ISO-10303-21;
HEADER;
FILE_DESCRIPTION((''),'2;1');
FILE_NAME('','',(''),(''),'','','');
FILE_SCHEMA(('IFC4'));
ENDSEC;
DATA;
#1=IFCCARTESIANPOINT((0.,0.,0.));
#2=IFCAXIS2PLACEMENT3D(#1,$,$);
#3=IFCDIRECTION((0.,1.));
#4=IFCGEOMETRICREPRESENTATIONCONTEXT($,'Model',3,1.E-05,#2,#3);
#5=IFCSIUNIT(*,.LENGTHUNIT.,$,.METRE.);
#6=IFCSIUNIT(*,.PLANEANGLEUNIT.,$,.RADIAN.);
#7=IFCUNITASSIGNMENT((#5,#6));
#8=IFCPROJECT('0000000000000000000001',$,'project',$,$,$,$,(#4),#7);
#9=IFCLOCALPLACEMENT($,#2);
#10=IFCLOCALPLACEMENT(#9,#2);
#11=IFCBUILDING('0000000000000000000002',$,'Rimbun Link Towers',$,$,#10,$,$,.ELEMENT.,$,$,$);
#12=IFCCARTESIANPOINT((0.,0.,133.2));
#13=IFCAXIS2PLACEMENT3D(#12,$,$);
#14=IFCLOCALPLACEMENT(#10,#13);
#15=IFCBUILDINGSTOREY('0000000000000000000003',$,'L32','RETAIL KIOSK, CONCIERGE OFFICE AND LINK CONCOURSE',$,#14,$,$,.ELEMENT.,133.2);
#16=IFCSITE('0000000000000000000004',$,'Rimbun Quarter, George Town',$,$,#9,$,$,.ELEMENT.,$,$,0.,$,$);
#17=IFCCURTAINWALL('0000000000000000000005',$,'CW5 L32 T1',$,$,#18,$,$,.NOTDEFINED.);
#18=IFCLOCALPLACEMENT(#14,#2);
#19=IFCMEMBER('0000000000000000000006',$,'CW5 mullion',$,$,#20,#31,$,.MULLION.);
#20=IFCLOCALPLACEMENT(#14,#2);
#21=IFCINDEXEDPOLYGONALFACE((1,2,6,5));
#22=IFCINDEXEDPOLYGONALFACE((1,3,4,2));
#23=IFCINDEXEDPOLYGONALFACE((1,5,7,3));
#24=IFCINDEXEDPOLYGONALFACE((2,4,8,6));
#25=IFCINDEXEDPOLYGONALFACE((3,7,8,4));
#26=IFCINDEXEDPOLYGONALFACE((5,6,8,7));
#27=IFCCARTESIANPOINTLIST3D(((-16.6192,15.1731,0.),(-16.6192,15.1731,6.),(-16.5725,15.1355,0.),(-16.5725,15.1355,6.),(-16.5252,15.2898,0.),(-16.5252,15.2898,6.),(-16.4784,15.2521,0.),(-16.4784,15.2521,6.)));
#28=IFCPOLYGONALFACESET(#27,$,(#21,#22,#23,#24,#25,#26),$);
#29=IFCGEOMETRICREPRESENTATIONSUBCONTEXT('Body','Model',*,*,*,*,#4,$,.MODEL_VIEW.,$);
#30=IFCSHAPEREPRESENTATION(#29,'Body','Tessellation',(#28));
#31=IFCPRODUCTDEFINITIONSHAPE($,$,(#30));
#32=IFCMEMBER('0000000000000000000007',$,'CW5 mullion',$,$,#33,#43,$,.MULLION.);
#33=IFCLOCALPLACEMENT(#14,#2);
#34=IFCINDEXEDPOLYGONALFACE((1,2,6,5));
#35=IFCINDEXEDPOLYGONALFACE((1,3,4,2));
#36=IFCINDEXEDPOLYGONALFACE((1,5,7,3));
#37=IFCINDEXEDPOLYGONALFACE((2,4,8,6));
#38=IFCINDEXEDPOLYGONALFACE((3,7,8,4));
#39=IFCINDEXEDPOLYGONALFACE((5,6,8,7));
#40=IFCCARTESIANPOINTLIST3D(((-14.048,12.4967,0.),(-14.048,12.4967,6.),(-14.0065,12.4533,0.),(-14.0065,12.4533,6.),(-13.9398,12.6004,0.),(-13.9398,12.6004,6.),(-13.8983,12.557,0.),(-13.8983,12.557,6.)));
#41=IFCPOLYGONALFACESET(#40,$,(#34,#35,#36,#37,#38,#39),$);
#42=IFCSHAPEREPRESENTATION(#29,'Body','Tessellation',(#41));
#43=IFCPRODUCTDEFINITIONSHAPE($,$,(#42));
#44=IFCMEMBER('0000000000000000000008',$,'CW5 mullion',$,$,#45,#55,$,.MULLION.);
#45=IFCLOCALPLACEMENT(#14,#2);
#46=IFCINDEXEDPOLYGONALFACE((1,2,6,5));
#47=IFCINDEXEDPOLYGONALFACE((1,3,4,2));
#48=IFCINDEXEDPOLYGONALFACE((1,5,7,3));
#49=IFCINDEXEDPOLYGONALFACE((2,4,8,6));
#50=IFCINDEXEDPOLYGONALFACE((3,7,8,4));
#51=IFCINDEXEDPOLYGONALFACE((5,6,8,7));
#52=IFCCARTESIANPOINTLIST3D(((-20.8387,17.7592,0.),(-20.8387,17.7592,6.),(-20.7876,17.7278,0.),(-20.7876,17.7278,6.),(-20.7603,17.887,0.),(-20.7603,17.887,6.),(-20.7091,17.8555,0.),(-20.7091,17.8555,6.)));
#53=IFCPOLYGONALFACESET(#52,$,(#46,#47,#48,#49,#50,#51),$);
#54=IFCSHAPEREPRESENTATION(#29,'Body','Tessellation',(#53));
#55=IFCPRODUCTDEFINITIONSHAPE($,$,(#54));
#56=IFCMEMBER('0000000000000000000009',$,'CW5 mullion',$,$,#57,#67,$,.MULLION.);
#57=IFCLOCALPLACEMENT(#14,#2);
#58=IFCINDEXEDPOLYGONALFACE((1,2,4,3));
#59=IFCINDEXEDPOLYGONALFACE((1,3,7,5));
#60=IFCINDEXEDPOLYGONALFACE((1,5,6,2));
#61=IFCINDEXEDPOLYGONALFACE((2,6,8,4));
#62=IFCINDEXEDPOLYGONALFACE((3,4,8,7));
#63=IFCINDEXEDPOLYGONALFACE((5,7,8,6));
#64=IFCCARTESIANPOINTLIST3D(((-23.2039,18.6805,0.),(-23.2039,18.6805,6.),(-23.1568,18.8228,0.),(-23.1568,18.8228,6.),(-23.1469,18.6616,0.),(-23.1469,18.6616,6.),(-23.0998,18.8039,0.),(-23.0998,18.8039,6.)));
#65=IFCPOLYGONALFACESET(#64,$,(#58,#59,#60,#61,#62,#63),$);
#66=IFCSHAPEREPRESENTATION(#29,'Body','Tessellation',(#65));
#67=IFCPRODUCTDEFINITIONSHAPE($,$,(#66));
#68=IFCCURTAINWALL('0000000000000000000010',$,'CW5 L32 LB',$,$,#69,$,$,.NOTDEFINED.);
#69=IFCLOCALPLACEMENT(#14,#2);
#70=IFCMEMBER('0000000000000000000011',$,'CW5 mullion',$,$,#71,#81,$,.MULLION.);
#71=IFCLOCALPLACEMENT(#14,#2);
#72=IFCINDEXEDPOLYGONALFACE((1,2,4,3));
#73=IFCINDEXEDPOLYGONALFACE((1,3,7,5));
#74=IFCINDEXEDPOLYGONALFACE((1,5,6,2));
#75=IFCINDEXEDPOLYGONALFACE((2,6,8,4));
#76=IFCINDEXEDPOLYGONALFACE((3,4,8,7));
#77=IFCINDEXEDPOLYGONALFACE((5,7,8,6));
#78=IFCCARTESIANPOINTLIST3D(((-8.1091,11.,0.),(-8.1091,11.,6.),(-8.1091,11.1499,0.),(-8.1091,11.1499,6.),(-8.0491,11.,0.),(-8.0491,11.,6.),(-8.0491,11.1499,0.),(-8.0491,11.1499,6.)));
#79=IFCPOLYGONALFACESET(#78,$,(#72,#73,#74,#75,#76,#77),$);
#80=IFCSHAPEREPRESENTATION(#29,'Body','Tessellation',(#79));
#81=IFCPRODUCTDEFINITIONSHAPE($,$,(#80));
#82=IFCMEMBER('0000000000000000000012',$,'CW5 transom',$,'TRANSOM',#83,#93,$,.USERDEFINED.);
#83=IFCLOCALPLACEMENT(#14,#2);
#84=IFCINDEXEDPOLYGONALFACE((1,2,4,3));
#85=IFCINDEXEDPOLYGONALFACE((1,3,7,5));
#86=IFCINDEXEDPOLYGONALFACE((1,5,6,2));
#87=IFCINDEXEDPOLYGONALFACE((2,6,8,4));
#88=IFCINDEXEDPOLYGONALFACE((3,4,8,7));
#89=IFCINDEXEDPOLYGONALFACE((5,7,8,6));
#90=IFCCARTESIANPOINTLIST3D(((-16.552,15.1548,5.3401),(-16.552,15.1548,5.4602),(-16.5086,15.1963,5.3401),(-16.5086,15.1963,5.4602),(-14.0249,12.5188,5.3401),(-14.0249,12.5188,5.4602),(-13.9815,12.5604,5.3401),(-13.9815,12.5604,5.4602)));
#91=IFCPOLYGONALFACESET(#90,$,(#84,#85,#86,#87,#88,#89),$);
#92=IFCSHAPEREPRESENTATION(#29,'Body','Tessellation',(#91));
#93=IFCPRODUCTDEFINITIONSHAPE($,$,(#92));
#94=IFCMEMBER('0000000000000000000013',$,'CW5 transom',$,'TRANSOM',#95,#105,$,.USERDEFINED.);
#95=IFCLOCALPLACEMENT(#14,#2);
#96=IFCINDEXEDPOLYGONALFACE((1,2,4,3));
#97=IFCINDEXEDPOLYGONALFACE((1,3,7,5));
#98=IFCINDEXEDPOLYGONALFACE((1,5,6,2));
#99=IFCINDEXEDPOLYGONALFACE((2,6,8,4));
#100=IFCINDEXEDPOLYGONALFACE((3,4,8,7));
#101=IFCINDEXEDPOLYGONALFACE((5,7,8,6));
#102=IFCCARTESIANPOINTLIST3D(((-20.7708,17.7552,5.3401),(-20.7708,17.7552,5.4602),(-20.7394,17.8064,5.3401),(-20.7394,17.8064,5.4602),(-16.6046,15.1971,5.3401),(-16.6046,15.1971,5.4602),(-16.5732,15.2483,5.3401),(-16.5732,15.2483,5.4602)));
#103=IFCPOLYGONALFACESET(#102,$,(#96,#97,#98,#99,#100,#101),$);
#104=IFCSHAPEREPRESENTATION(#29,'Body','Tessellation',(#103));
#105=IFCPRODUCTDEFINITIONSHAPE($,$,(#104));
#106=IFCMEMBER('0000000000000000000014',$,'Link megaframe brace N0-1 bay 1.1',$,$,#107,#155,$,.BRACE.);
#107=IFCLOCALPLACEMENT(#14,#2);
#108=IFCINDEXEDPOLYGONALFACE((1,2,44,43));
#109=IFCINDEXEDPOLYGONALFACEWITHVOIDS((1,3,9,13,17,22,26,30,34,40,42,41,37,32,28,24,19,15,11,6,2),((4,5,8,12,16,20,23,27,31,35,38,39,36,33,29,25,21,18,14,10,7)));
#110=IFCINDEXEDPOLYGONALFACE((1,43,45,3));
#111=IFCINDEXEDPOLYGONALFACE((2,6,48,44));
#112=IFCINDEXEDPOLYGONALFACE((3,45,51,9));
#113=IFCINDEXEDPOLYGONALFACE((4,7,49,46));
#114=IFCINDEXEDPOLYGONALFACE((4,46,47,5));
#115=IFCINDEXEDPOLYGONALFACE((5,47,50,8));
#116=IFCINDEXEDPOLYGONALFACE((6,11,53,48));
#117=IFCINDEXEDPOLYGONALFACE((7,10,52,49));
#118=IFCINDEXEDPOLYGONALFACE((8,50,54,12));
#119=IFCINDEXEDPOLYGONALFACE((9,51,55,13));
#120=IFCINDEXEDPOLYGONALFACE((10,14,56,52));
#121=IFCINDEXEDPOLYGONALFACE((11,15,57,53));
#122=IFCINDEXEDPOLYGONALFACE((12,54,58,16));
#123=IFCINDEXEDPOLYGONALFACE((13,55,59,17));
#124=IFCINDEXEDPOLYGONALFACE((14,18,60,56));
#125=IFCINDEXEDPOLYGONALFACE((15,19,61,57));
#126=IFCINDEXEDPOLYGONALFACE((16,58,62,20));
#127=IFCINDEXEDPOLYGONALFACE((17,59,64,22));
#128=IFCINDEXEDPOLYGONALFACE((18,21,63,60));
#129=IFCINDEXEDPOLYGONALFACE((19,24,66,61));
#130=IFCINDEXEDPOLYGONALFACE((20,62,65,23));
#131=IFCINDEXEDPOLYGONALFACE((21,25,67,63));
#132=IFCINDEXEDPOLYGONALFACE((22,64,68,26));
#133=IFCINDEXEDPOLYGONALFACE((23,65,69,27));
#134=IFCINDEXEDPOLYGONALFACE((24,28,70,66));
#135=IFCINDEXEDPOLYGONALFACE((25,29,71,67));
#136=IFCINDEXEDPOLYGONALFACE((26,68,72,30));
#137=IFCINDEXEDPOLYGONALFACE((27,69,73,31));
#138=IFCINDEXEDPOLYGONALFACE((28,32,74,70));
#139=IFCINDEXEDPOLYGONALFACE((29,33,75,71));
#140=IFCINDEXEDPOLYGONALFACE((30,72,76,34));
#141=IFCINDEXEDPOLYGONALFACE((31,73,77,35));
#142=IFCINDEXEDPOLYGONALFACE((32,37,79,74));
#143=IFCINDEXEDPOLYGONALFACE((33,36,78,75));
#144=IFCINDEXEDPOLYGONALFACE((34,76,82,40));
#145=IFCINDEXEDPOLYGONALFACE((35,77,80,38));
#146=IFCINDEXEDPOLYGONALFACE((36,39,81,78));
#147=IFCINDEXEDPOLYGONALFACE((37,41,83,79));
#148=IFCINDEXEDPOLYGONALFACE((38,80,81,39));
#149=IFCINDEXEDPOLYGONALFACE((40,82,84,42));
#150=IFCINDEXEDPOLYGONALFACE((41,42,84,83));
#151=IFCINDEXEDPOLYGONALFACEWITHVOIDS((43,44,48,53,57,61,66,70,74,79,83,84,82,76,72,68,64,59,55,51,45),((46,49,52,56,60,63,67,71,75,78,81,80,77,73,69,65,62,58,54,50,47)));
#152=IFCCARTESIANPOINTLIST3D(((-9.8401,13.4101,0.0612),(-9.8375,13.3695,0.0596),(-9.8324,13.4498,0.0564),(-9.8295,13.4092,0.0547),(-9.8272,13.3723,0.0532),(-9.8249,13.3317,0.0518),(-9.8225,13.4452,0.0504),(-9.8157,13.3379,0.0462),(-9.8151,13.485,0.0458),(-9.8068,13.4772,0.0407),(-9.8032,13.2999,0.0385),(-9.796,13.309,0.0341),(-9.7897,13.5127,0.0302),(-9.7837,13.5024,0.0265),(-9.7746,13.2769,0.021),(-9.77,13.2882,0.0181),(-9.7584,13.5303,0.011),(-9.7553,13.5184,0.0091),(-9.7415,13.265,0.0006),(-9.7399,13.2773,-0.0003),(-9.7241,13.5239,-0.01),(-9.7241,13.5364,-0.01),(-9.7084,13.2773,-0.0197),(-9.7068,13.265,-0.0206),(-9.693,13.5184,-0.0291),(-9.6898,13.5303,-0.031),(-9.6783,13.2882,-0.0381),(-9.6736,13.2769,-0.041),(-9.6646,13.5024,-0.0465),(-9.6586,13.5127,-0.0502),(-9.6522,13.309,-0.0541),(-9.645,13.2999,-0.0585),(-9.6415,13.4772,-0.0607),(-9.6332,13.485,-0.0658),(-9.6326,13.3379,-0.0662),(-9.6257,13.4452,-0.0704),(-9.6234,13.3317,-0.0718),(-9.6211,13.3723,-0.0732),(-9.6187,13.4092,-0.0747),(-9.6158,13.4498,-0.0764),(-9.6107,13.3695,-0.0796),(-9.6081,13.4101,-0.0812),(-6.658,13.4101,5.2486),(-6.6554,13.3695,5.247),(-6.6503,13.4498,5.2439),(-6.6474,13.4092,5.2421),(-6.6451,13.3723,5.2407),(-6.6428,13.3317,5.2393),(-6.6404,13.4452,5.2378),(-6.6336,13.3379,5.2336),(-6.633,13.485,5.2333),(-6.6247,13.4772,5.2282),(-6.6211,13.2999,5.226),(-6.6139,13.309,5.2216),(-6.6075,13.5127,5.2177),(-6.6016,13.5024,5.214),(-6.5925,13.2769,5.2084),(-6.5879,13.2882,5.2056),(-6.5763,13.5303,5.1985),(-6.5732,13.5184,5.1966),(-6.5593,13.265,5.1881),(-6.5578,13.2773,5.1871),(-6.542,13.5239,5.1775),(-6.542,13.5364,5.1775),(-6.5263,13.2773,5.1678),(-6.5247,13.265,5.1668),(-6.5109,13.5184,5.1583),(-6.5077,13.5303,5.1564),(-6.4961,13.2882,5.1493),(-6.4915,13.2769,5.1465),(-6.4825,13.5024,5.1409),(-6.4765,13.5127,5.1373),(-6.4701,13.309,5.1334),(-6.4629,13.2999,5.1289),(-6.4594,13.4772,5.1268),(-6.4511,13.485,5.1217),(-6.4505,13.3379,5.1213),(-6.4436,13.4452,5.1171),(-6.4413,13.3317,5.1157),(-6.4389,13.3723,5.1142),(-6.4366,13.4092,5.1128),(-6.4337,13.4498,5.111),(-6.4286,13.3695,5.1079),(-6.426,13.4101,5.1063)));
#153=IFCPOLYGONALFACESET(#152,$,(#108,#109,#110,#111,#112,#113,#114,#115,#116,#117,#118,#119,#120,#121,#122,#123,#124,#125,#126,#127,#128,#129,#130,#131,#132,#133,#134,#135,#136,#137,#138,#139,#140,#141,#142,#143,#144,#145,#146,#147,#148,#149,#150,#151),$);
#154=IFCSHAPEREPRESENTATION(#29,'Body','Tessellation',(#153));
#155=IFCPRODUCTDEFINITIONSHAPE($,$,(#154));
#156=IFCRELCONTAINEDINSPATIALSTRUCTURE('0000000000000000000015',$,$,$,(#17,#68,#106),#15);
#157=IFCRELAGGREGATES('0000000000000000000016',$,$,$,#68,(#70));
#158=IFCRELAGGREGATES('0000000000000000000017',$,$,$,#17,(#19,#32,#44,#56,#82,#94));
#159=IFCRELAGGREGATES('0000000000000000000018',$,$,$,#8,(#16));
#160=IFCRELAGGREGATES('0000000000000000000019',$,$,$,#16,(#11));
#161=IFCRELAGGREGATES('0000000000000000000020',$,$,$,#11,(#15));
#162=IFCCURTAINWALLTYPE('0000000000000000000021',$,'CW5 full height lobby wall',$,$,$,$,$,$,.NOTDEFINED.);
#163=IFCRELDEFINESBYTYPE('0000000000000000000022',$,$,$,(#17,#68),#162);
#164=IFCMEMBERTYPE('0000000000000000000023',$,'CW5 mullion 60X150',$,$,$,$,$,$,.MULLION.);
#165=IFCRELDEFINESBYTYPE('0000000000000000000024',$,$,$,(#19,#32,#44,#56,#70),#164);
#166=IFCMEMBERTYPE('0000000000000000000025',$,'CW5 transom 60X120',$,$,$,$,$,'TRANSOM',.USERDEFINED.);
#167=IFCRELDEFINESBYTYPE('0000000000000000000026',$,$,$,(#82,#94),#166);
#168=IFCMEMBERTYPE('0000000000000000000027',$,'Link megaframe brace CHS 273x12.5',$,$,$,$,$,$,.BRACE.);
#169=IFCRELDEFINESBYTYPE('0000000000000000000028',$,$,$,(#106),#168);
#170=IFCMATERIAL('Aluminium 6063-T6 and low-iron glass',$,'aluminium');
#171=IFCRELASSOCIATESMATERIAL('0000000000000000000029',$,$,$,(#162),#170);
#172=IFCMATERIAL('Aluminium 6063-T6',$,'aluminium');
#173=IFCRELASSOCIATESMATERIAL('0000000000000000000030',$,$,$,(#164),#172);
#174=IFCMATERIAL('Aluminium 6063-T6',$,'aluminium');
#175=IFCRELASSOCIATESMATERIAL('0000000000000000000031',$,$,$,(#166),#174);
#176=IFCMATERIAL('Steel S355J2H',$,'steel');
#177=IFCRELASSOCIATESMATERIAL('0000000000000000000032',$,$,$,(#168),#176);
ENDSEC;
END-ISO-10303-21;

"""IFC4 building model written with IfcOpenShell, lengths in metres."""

from ifc_helpers import new_model, si_unit, direction, frame, origin, origin_2d, place, context, subcontext, project, spatial, rectangle, hollow_circle, extrude, material, material_profile, profile_set, type_object, element, aggregate, save


model = new_model("IFC4")

# Units and contexts
model_context = context("Model", 3, precision=1e-05, world=origin(), true_north=direction((0.0, 1.0)))
body_context = subcontext(model_context, "Body", "Model", "MODEL_VIEW")
ifc_project = project(units=[si_unit("LENGTHUNIT", "METRE"), si_unit("PLANEANGLEUNIT", "RADIAN")], contexts=[model_context])

# Site, building, storey
site_placement = place(None, origin())
site = spatial("IfcSite", under=ifc_project, at=site_placement, Name="Rimbun Quarter, George Town", CompositionType="ELEMENT", RefElevation=0.0)
building_placement = place(site_placement, origin())
building = spatial("IfcBuilding", under=site, at=building_placement, Name="Rimbun Link Towers", CompositionType="ELEMENT")
storey_placement = place(building_placement, frame((0.0, 0.0, 133.2)))
storey = spatial("IfcBuildingStorey", under=building, at=storey_placement, Name="L32", Description="RETAIL KIOSK, CONCIERGE OFFICE AND LINK CONCOURSE", CompositionType="ELEMENT", Elevation=133.2)

# Curtain wall, members
ifc_material_1 = material(Name="Aluminium 6063-T6 and low-iron glass", Category="aluminium")
curtain_wall_type = type_object("IfcCurtainWallType", Name="CW5 full height lobby wall", PredefinedType="NOTDEFINED", material=ifc_material_1)
curtain_wall_1_placement = place(storey_placement, origin())
curtain_wall_1 = element("IfcCurtainWall", 1, at=curtain_wall_1_placement, inside=storey, type_object=curtain_wall_type, Name="CW5 L32 T1", PredefinedType="NOTDEFINED")
ifc_material_2 = material(Name="Aluminium 6063-T6", Category="aluminium")
ifc_material_profile_1 = material_profile(ifc_material_2, rectangle(XDim=0.1499, YDim=0.0601, at=origin_2d()), Name="MULLION 60X150")
ifc_profile_set_1 = profile_set([ifc_material_profile_1], Name="Aluminium 6063-T6")
member_type_1 = type_object("IfcMemberType", Name="CW5 mullion 60X150", PredefinedType="MULLION", material=ifc_profile_set_1)
member_1_placement = place(storey_placement, frame((-16.5488, 15.2126, 0.0), z_axis=(0.0, 0.0, 1.0), x_axis=(0.627671, 0.778479, 0.0)))
member_1 = element("IfcMember", 2, at=member_1_placement, type_object=member_type_1, Name="CW5 mullion", PredefinedType="MULLION", context=body_context, shape_type="SweptSolid", body=[
    extrude(rectangle(XDim=0.1499, YDim=0.0601, at=origin_2d()), origin(), (0.0, 0.0, 1.0), 6.0),
])
member_2_placement = place(storey_placement, frame((-13.9731, 12.5269, 0.0), z_axis=(0.0, 0.0, 1.0), x_axis=(0.721858, 0.692041, 0.0)))
member_2 = element("IfcMember", 3, at=member_2_placement, type_object=member_type_1, Name="CW5 mullion", PredefinedType="MULLION", context=body_context, shape_type="SweptSolid", body=[
    extrude(rectangle(XDim=0.1499, YDim=0.0601, at=origin_2d()), origin(), (0.0, 0.0, 1.0), 6.0),
])
member_3_placement = place(storey_placement, frame((-20.7739, 17.8074, 0.0), z_axis=(0.0, 0.0, 1.0), x_axis=(0.523225, 0.852194, 0.0)))
member_3 = element("IfcMember", 4, at=member_3_placement, type_object=member_type_1, Name="CW5 mullion", PredefinedType="MULLION", context=body_context, shape_type="SweptSolid", body=[
    extrude(rectangle(XDim=0.1499, YDim=0.0601, at=origin_2d()), origin(), (0.0, 0.0, 1.0), 6.0),
])
member_4_placement = place(storey_placement, frame((-23.1519, 18.7422, 0.0), z_axis=(0.0, 0.0, 1.0), x_axis=(0.314568, 0.949235, 0.0)))
member_4 = element("IfcMember", 5, at=member_4_placement, type_object=member_type_1, Name="CW5 mullion", PredefinedType="MULLION", context=body_context, shape_type="SweptSolid", body=[
    extrude(rectangle(XDim=0.1499, YDim=0.0601, at=origin_2d()), origin(), (0.0, 0.0, 1.0), 6.0),
])

# Curtain wall, member
curtain_wall_2_placement = place(storey_placement, origin())
curtain_wall_2 = element("IfcCurtainWall", 6, at=curtain_wall_2_placement, inside=storey, type_object=curtain_wall_type, Name="CW5 L32 LB", PredefinedType="NOTDEFINED")
member_5_placement = place(storey_placement, frame((-8.0791, 11.075, 0.0), z_axis=(0.0, 0.0, 1.0), x_axis=(0.0, 1.0, 0.0)))
member_5 = element("IfcMember", 7, at=member_5_placement, type_object=member_type_1, Name="CW5 mullion", PredefinedType="MULLION", context=body_context, shape_type="SweptSolid", body=[
    extrude(rectangle(XDim=0.1499, YDim=0.0601, at=origin_2d()), origin(), (0.0, 0.0, 1.0), 6.0),
])
aggregate(curtain_wall_2, [member_5])

# Members
ifc_material_3 = material(Name="Aluminium 6063-T6", Category="aluminium")
ifc_material_profile_2 = material_profile(ifc_material_3, rectangle(XDim=0.0601, YDim=0.1201, at=origin_2d()), Name="TRANSOM 60X120")
ifc_profile_set_2 = profile_set([ifc_material_profile_2], Name="Aluminium 6063-T6")
member_type_2 = type_object("IfcMemberType", Name="CW5 transom 60X120", ElementType="TRANSOM", PredefinedType="USERDEFINED", material=ifc_profile_set_2)
member_6_placement = place(storey_placement, frame((-16.5303, 15.1755, 5.4001), z_axis=(0.69204, -0.721859, 0.0), x_axis=(0.721859, 0.69204, 0.0)))
member_6 = element("IfcMember", 8, at=member_6_placement, type_object=member_type_2, Name="CW5 transom", ObjectType="TRANSOM", PredefinedType="USERDEFINED", context=body_context, shape_type="SweptSolid", body=[
    extrude(rectangle(XDim=0.0601, YDim=0.1201, at=origin_2d()), origin(), (0.0, 0.0, 1.0), 3.6516),
])
member_7_placement = place(storey_placement, frame((-20.7551, 17.7808, 5.4001), z_axis=(0.852183, -0.523245, 0.0), x_axis=(0.523245, 0.852183, 0.0)))
member_7 = element("IfcMember", 9, at=member_7_placement, type_object=member_type_2, Name="CW5 transom", ObjectType="TRANSOM", PredefinedType="USERDEFINED", context=body_context, shape_type="SweptSolid", body=[
    extrude(rectangle(XDim=0.0601, YDim=0.1201, at=origin_2d()), origin(), (0.0, 0.0, 1.0), 4.8889),
])

# Member
ifc_material_4 = material(Name="Steel S355J2H", Category="steel")
ifc_material_profile_3 = material_profile(ifc_material_4, hollow_circle(Radius=0.1365, WallThickness=0.0125, at=origin_2d()), Name="CHS 273x12.5")
ifc_profile_set_3 = profile_set([ifc_material_profile_3], Name="Steel S355J2H")
member_type_3 = type_object("IfcMemberType", Name="Link megaframe brace CHS 273x12.5", PredefinedType="BRACE", material=ifc_profile_set_3)
member_8_placement = place(storey_placement, frame((-9.7241, 13.3999, -0.01), z_axis=(0.522884, 0.0, 0.852404), x_axis=(0.0, 1.0, 0.0)))
element("IfcMember", 10, at=member_8_placement, inside=storey, type_object=member_type_3, Name="Link megaframe brace N0-1 bay 1.1", PredefinedType="BRACE", context=body_context, shape_type="SweptSolid", body=[
    extrude(hollow_circle(Radius=0.1365, WallThickness=0.0125, at=origin_2d()), origin(), (0.0, 0.0, 1.0), 6.0857),
])

aggregate(curtain_wall_1, [member_1, member_2, member_3, member_4, member_6, member_7])

save(model, "model.ifc")
